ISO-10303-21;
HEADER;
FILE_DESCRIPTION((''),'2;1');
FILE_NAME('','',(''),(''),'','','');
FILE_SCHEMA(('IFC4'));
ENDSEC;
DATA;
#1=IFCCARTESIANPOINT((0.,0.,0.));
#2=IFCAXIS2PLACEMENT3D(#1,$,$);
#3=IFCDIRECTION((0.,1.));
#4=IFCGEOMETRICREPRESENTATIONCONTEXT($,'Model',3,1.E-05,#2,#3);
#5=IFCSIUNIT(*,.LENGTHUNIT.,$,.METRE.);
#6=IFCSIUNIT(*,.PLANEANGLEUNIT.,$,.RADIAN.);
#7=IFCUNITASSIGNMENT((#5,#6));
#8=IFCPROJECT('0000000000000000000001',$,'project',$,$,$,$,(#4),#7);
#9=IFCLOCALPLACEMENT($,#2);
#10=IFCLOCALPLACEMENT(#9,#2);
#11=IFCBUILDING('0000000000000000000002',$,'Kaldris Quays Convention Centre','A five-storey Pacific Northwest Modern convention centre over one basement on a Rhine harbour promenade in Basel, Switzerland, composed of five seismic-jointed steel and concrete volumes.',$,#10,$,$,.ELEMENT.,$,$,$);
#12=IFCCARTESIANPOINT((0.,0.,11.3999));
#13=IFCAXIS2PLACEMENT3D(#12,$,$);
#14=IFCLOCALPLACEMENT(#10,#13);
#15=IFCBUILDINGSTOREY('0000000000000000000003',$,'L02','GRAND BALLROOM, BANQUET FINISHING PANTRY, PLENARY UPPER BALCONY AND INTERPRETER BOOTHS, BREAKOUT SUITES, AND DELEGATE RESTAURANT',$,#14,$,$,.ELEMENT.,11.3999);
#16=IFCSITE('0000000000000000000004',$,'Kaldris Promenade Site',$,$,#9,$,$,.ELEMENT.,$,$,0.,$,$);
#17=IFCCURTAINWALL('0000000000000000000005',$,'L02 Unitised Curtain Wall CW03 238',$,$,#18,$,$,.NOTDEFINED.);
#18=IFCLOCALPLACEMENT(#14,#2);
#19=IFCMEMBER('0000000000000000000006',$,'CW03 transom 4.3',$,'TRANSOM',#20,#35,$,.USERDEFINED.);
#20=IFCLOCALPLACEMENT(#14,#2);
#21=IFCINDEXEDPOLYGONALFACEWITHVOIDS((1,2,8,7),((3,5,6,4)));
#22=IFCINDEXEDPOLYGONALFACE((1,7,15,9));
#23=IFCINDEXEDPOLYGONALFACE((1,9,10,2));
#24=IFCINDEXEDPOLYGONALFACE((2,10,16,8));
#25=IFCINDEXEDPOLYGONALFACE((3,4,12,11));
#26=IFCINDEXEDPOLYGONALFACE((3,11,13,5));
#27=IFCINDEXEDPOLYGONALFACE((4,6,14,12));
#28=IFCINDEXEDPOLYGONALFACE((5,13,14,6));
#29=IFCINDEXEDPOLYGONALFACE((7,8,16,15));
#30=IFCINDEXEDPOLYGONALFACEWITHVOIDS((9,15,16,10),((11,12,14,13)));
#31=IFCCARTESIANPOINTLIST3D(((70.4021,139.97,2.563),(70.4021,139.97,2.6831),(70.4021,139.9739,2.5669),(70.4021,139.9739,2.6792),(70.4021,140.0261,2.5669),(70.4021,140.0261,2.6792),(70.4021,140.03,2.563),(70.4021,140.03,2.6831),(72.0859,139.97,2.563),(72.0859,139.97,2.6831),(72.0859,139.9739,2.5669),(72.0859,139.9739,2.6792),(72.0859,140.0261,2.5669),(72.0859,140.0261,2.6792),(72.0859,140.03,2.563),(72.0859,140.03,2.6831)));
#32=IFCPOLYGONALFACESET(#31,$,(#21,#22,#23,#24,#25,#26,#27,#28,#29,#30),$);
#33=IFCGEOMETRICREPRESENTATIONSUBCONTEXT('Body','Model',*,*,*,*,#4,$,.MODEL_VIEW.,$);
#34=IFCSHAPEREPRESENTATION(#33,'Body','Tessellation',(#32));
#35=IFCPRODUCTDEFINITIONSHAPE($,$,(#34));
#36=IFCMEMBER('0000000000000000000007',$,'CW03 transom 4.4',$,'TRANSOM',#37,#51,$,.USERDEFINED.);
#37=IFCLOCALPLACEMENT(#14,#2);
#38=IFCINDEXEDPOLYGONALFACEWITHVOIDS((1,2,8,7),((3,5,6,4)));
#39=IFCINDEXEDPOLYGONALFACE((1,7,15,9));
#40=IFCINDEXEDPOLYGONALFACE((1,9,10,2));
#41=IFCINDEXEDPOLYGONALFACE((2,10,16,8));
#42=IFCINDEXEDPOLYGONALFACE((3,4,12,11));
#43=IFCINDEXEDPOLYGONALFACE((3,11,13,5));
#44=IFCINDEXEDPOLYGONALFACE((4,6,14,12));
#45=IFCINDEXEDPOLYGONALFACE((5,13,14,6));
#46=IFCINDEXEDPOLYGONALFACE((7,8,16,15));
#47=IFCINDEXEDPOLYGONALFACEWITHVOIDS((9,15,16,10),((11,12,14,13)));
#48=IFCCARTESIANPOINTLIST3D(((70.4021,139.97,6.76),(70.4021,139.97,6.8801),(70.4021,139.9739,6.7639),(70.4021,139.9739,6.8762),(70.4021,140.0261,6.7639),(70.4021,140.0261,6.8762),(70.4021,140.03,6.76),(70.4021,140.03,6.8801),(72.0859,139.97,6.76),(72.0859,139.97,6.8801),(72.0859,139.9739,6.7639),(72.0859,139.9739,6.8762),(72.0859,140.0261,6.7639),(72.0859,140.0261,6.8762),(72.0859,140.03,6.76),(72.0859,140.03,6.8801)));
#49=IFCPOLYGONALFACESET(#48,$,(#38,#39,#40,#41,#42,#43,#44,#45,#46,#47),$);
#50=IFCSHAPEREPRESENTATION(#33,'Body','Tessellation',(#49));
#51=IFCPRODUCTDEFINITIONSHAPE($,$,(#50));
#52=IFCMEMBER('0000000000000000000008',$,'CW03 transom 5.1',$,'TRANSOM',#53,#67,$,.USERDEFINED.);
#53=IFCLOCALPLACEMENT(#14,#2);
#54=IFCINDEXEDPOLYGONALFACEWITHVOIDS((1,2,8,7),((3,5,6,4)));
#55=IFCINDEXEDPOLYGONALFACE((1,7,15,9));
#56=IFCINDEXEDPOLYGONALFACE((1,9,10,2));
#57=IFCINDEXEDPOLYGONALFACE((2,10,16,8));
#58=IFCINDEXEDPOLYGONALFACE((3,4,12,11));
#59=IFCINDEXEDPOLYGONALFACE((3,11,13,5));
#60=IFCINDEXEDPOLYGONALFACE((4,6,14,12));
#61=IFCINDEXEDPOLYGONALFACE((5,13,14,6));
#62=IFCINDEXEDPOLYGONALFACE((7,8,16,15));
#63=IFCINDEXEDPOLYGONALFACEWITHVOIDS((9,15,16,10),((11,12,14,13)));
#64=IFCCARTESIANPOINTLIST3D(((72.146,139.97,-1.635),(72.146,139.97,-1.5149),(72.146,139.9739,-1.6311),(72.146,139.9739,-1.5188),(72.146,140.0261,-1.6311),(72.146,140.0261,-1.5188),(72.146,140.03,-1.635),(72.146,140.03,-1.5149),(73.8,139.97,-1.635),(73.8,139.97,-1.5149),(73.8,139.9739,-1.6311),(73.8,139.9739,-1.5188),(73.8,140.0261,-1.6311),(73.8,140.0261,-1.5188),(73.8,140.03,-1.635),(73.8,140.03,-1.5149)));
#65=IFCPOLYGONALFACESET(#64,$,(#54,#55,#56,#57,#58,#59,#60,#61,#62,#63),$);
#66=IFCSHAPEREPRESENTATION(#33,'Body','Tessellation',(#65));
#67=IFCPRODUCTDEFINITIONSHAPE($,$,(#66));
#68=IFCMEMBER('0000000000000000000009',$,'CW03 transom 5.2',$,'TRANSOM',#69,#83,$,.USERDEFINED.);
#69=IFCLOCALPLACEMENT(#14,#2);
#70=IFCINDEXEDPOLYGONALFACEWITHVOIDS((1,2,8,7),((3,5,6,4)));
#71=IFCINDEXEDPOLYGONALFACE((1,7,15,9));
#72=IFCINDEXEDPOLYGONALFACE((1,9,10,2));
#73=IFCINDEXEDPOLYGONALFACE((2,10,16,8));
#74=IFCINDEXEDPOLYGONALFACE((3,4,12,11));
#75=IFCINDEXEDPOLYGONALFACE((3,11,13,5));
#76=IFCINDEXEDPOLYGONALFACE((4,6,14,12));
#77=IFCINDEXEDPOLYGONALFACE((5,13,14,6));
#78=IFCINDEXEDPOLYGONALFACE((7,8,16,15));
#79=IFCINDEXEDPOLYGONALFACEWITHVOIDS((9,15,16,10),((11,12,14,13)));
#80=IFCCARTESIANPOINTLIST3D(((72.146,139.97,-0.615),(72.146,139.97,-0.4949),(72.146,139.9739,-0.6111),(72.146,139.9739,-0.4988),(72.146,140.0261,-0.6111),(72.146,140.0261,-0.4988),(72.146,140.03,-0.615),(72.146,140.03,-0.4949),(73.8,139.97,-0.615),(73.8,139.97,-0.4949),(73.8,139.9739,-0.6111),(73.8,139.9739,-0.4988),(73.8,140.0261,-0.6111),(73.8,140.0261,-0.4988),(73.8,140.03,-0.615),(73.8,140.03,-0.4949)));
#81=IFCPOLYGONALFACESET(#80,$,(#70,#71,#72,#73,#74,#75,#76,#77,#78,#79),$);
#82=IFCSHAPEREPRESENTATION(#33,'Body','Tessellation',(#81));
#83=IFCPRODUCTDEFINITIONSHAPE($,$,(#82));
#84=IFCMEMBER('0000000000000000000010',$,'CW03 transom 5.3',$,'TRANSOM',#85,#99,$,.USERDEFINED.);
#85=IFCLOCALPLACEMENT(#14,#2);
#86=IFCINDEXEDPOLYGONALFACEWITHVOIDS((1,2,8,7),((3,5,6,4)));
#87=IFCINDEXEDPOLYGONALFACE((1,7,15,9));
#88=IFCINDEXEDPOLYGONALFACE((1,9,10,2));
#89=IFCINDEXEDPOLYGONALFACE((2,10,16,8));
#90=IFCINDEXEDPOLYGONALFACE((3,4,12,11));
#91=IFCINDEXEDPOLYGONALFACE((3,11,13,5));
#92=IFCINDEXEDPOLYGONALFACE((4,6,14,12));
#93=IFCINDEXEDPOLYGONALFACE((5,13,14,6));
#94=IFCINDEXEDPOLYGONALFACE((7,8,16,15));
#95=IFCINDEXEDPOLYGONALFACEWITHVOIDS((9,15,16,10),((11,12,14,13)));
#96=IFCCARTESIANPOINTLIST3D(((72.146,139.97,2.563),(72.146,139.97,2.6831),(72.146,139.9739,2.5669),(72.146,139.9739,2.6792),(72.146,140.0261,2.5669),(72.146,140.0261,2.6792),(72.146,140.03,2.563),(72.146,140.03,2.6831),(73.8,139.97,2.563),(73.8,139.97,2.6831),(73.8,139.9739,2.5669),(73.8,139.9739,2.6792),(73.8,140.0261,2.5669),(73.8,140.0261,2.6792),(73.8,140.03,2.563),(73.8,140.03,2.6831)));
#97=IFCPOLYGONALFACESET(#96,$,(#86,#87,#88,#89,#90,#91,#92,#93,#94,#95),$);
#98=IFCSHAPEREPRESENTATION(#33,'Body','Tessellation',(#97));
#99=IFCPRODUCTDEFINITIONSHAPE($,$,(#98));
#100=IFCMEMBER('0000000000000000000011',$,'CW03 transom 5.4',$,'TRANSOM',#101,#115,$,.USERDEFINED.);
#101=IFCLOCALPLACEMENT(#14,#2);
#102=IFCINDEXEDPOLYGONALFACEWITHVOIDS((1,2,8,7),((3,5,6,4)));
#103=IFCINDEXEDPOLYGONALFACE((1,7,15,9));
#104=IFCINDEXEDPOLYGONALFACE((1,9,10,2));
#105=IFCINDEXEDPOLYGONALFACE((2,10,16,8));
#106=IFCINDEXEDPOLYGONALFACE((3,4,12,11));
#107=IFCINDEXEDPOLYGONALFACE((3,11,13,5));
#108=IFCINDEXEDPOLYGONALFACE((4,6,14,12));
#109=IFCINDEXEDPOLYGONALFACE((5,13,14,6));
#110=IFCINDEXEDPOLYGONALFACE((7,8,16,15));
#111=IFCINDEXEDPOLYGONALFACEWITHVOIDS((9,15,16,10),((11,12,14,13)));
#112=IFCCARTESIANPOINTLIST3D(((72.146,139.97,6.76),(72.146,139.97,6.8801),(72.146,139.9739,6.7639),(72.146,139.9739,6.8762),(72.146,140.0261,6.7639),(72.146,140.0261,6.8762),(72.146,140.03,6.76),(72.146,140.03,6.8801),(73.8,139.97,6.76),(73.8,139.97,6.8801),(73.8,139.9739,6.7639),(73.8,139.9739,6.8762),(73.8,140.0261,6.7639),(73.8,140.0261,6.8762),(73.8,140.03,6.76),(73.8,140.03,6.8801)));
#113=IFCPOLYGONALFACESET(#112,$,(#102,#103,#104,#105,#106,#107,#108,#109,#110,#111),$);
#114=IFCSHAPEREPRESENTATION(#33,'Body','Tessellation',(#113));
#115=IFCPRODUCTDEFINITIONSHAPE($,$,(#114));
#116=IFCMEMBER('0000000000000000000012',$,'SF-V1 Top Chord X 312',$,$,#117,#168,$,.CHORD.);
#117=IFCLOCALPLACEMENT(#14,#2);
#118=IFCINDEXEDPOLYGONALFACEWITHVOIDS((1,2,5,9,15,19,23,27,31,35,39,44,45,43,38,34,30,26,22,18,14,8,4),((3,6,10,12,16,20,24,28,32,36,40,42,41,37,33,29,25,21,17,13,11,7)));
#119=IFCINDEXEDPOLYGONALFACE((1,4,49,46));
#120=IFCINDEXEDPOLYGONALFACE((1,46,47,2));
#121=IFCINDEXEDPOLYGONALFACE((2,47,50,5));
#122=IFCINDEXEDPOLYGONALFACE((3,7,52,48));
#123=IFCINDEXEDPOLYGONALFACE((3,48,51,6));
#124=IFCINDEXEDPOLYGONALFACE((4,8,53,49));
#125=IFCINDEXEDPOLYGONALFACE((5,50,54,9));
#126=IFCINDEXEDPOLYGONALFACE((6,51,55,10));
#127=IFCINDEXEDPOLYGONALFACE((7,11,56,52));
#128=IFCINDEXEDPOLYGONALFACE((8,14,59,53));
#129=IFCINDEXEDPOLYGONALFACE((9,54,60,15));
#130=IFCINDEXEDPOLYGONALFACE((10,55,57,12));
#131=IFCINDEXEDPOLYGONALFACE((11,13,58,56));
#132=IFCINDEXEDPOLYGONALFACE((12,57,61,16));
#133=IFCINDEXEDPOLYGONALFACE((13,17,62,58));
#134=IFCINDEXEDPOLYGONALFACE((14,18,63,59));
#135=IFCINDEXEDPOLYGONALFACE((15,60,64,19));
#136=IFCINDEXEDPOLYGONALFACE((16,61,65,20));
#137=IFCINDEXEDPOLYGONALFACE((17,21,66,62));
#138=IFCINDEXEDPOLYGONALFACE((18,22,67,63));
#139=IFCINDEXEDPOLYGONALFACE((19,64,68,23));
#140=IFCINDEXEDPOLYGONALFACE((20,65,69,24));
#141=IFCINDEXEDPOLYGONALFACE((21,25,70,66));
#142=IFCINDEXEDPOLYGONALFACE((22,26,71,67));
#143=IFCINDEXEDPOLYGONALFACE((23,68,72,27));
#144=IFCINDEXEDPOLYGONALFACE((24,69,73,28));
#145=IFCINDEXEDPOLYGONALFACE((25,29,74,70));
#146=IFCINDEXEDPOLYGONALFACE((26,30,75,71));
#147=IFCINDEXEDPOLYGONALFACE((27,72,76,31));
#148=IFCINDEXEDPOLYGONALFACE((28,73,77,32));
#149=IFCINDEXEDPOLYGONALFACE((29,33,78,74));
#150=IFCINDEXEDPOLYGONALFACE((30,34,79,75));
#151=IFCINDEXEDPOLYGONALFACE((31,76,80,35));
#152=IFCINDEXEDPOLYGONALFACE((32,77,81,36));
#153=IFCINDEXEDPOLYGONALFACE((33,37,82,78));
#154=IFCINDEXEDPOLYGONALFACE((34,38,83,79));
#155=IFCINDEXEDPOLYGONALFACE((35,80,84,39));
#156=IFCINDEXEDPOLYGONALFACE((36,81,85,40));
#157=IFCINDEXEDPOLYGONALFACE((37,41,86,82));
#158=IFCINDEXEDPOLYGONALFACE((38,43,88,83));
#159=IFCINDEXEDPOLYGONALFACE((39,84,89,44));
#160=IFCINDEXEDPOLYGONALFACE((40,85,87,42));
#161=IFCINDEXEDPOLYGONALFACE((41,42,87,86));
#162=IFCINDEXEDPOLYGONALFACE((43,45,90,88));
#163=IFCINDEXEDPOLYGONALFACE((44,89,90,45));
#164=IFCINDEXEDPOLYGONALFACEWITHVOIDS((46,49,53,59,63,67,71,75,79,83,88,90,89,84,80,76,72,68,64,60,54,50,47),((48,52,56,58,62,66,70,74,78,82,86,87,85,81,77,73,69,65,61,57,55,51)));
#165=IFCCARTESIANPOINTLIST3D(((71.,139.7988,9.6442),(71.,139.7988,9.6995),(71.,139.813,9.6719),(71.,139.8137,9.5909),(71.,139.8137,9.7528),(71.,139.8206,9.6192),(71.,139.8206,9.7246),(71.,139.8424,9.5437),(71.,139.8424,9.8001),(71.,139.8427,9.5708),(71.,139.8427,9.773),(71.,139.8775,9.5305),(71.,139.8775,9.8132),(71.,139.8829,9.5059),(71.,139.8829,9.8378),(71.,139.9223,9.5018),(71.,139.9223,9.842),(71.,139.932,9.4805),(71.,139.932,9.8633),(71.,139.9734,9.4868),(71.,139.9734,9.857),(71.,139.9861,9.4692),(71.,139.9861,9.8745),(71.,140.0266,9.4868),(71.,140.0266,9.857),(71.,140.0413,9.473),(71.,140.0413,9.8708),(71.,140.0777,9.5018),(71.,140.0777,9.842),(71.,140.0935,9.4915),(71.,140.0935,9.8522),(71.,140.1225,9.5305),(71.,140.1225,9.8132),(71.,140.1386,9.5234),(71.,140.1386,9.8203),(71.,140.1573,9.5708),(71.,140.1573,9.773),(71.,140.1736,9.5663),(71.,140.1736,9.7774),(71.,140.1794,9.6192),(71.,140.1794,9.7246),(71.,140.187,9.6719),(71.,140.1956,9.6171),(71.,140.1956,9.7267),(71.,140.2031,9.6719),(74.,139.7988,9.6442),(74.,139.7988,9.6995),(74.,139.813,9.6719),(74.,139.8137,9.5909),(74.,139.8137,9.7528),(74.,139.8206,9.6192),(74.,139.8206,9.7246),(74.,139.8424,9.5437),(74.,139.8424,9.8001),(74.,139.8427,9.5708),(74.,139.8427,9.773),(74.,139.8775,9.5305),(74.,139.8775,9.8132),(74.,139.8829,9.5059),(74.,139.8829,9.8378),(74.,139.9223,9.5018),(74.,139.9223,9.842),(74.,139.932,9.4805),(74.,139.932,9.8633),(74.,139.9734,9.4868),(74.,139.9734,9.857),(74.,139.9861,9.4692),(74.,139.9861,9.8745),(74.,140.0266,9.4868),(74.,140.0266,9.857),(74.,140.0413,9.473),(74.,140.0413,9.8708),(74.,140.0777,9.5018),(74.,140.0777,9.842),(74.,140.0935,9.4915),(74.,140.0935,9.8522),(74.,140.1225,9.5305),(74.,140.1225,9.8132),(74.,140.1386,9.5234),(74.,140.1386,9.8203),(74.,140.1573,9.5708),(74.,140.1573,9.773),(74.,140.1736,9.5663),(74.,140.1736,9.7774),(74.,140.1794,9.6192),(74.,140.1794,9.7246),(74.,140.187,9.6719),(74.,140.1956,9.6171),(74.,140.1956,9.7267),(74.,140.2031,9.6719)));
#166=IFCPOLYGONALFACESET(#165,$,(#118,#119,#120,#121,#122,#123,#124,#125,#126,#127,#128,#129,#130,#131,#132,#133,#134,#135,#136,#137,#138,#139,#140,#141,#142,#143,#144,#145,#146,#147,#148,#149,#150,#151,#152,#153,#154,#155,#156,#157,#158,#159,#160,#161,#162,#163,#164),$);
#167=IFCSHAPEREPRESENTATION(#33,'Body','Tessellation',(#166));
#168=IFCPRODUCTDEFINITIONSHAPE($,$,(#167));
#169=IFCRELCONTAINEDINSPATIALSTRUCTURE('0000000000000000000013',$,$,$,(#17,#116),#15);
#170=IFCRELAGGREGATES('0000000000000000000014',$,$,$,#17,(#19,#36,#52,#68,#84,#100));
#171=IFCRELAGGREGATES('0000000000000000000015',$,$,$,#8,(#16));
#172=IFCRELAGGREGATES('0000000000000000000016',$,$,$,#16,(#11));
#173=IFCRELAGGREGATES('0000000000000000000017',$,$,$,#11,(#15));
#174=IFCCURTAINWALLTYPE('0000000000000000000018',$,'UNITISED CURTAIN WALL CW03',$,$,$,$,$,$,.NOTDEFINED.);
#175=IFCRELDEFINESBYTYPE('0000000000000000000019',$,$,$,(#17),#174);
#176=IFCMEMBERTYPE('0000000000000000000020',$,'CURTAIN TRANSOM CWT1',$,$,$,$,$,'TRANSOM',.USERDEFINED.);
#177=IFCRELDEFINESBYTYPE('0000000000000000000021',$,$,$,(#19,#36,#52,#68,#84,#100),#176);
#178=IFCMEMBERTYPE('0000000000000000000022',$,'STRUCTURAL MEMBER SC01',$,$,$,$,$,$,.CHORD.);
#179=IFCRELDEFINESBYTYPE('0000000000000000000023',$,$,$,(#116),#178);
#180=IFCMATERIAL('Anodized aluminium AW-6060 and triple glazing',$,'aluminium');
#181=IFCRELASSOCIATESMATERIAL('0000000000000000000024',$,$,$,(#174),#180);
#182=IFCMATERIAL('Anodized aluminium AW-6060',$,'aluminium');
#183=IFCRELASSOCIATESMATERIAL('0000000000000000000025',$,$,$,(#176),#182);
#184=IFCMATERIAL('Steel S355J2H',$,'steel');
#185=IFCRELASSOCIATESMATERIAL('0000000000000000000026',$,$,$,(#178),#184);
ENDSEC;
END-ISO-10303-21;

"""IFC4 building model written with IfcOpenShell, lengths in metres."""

from ifc_helpers import new_model, si_unit, direction, frame, origin, origin_2d, place, context, subcontext, project, spatial, hollow_rectangle, hollow_circle, extrude, material, material_profile, profile_set, type_object, element, aggregate, save


model = new_model("IFC4")

# Units and contexts
model_context = context("Model", 3, precision=1e-05, world=origin(), true_north=direction((0.0, 1.0)))
body_context = subcontext(model_context, "Body", "Model", "MODEL_VIEW")
ifc_project = project(units=[si_unit("LENGTHUNIT", "METRE"), si_unit("PLANEANGLEUNIT", "RADIAN")], contexts=[model_context])

# Site, building, storey
site_placement = place(None, origin())
site = spatial("IfcSite", under=ifc_project, at=site_placement, Name="Kaldris Promenade Site", CompositionType="ELEMENT", RefElevation=0.0)
building_placement = place(site_placement, origin())
building = spatial("IfcBuilding", under=site, at=building_placement, Name="Kaldris Quays Convention Centre", Description="A five-storey Pacific Northwest Modern convention centre over one basement on a Rhine harbour promenade in Basel, Switzerland, composed of five seismic-jointed steel and concrete volumes.", CompositionType="ELEMENT")
storey_placement = place(building_placement, frame((0.0, 0.0, 11.3999)))
storey = spatial("IfcBuildingStorey", under=building, at=storey_placement, Name="L02", Description="GRAND BALLROOM, BANQUET FINISHING PANTRY, PLENARY UPPER BALCONY AND INTERPRETER BOOTHS, BREAKOUT SUITES, AND DELEGATE RESTAURANT", CompositionType="ELEMENT", Elevation=11.3999)

# Curtain wall, members
ifc_material_1 = material(Name="Anodized aluminium AW-6060 and triple glazing", Category="aluminium")
curtain_wall_type = type_object("IfcCurtainWallType", Name="UNITISED CURTAIN WALL CW03", PredefinedType="NOTDEFINED", material=ifc_material_1)
curtain_wall_placement = place(storey_placement, origin())
curtain_wall = element("IfcCurtainWall", 1, at=curtain_wall_placement, inside=storey, type_object=curtain_wall_type, Name="L02 Unitised Curtain Wall CW03 238", PredefinedType="NOTDEFINED")
ifc_material_2 = material(Name="Anodized aluminium AW-6060", Category="aluminium")
ifc_material_profile_1 = material_profile(ifc_material_2, hollow_rectangle(XDim=0.0601, YDim=0.1201, WallThickness=0.0039, at=origin_2d()), Name="RHS 120x60x4")
ifc_profile_set_1 = profile_set([ifc_material_profile_1], Name="Anodized aluminium AW-6060")
member_type_1 = type_object("IfcMemberType", Name="CURTAIN TRANSOM CWT1", ElementType="TRANSOM", PredefinedType="USERDEFINED", material=ifc_profile_set_1)
member_1_placement = place(storey_placement, frame((70.4021, 140.0, 2.623), z_axis=(1.0, 0.0, 0.0), x_axis=(0.0, 1.0, 0.0)))
member_1 = element("IfcMember", 2, at=member_1_placement, type_object=member_type_1, Name="CW03 transom 4.3", ObjectType="TRANSOM", PredefinedType="USERDEFINED", context=body_context, shape_type="SweptSolid", body=[
    extrude(hollow_rectangle(XDim=0.0601, YDim=0.1201, WallThickness=0.0039, at=origin_2d()), origin(), (0.0, 0.0, 1.0), 1.6838),
])
member_2_placement = place(storey_placement, frame((70.4021, 140.0, 6.8201), z_axis=(1.0, 0.0, 0.0), x_axis=(0.0, 1.0, 0.0)))
member_2 = element("IfcMember", 3, at=member_2_placement, type_object=member_type_1, Name="CW03 transom 4.4", ObjectType="TRANSOM", PredefinedType="USERDEFINED", context=body_context, shape_type="SweptSolid", body=[
    extrude(hollow_rectangle(XDim=0.0601, YDim=0.1201, WallThickness=0.0039, at=origin_2d()), origin(), (0.0, 0.0, 1.0), 1.6838),
])
member_3_placement = place(storey_placement, frame((72.146, 140.0, -1.575), z_axis=(1.0, 0.0, 0.0), x_axis=(0.0, 1.0, 0.0)))
member_3 = element("IfcMember", 4, at=member_3_placement, type_object=member_type_1, Name="CW03 transom 5.1", ObjectType="TRANSOM", PredefinedType="USERDEFINED", context=body_context, shape_type="SweptSolid", body=[
    extrude(hollow_rectangle(XDim=0.0601, YDim=0.1201, WallThickness=0.0039, at=origin_2d()), origin(), (0.0, 0.0, 1.0), 1.6541),
])
member_4_placement = place(storey_placement, frame((72.146, 140.0, -0.5549), z_axis=(1.0, 0.0, 0.0), x_axis=(0.0, 1.0, 0.0)))
member_4 = element("IfcMember", 5, at=member_4_placement, type_object=member_type_1, Name="CW03 transom 5.2", ObjectType="TRANSOM", PredefinedType="USERDEFINED", context=body_context, shape_type="SweptSolid", body=[
    extrude(hollow_rectangle(XDim=0.0601, YDim=0.1201, WallThickness=0.0039, at=origin_2d()), origin(), (0.0, 0.0, 1.0), 1.6541),
])
member_5_placement = place(storey_placement, frame((72.146, 140.0, 2.623), z_axis=(1.0, 0.0, 0.0), x_axis=(0.0, 1.0, 0.0)))
member_5 = element("IfcMember", 6, at=member_5_placement, type_object=member_type_1, Name="CW03 transom 5.3", ObjectType="TRANSOM", PredefinedType="USERDEFINED", context=body_context, shape_type="SweptSolid", body=[
    extrude(hollow_rectangle(XDim=0.0601, YDim=0.1201, WallThickness=0.0039, at=origin_2d()), origin(), (0.0, 0.0, 1.0), 1.6541),
])
member_6_placement = place(storey_placement, frame((72.146, 140.0, 6.8201), z_axis=(1.0, 0.0, 0.0), x_axis=(0.0, 1.0, 0.0)))
member_6 = element("IfcMember", 7, at=member_6_placement, type_object=member_type_1, Name="CW03 transom 5.4", ObjectType="TRANSOM", PredefinedType="USERDEFINED", context=body_context, shape_type="SweptSolid", body=[
    extrude(hollow_rectangle(XDim=0.0601, YDim=0.1201, WallThickness=0.0039, at=origin_2d()), origin(), (0.0, 0.0, 1.0), 1.6541),
])

# Member
ifc_material_3 = material(Name="Steel S355J2H", Category="steel")
ifc_material_profile_2 = material_profile(ifc_material_3, hollow_circle(Radius=0.2031, WallThickness=0.0161, at=origin_2d()), Name="CHS 406.4x16")
ifc_profile_set_2 = profile_set([ifc_material_profile_2], Name="Steel S355J2H")
member_type_2 = type_object("IfcMemberType", Name="STRUCTURAL MEMBER SC01", PredefinedType="CHORD", material=ifc_profile_set_2)
for number, where, z_axis, x_axis, name in (
    (8, (71.0, 140.0, 9.6719), (1.0, 0.0, 0.0), (0.0, 1.0, 0.0), "SF-V1 Top Chord X 312"),
):
    element("IfcMember", number, at=place(storey_placement, frame(where, z_axis=z_axis, x_axis=x_axis)), inside=storey, type_object=member_type_2, Name=name, PredefinedType="CHORD", context=body_context, shape_type="SweptSolid", body=[
        extrude(hollow_circle(Radius=0.2031, WallThickness=0.0161, at=origin_2d()), origin(), (0.0, 0.0, 1.0), 3.0),
    ])

aggregate(curtain_wall, [member_1, member_2, member_3, member_4, member_5, member_6])

save(model, "model.ifc")
